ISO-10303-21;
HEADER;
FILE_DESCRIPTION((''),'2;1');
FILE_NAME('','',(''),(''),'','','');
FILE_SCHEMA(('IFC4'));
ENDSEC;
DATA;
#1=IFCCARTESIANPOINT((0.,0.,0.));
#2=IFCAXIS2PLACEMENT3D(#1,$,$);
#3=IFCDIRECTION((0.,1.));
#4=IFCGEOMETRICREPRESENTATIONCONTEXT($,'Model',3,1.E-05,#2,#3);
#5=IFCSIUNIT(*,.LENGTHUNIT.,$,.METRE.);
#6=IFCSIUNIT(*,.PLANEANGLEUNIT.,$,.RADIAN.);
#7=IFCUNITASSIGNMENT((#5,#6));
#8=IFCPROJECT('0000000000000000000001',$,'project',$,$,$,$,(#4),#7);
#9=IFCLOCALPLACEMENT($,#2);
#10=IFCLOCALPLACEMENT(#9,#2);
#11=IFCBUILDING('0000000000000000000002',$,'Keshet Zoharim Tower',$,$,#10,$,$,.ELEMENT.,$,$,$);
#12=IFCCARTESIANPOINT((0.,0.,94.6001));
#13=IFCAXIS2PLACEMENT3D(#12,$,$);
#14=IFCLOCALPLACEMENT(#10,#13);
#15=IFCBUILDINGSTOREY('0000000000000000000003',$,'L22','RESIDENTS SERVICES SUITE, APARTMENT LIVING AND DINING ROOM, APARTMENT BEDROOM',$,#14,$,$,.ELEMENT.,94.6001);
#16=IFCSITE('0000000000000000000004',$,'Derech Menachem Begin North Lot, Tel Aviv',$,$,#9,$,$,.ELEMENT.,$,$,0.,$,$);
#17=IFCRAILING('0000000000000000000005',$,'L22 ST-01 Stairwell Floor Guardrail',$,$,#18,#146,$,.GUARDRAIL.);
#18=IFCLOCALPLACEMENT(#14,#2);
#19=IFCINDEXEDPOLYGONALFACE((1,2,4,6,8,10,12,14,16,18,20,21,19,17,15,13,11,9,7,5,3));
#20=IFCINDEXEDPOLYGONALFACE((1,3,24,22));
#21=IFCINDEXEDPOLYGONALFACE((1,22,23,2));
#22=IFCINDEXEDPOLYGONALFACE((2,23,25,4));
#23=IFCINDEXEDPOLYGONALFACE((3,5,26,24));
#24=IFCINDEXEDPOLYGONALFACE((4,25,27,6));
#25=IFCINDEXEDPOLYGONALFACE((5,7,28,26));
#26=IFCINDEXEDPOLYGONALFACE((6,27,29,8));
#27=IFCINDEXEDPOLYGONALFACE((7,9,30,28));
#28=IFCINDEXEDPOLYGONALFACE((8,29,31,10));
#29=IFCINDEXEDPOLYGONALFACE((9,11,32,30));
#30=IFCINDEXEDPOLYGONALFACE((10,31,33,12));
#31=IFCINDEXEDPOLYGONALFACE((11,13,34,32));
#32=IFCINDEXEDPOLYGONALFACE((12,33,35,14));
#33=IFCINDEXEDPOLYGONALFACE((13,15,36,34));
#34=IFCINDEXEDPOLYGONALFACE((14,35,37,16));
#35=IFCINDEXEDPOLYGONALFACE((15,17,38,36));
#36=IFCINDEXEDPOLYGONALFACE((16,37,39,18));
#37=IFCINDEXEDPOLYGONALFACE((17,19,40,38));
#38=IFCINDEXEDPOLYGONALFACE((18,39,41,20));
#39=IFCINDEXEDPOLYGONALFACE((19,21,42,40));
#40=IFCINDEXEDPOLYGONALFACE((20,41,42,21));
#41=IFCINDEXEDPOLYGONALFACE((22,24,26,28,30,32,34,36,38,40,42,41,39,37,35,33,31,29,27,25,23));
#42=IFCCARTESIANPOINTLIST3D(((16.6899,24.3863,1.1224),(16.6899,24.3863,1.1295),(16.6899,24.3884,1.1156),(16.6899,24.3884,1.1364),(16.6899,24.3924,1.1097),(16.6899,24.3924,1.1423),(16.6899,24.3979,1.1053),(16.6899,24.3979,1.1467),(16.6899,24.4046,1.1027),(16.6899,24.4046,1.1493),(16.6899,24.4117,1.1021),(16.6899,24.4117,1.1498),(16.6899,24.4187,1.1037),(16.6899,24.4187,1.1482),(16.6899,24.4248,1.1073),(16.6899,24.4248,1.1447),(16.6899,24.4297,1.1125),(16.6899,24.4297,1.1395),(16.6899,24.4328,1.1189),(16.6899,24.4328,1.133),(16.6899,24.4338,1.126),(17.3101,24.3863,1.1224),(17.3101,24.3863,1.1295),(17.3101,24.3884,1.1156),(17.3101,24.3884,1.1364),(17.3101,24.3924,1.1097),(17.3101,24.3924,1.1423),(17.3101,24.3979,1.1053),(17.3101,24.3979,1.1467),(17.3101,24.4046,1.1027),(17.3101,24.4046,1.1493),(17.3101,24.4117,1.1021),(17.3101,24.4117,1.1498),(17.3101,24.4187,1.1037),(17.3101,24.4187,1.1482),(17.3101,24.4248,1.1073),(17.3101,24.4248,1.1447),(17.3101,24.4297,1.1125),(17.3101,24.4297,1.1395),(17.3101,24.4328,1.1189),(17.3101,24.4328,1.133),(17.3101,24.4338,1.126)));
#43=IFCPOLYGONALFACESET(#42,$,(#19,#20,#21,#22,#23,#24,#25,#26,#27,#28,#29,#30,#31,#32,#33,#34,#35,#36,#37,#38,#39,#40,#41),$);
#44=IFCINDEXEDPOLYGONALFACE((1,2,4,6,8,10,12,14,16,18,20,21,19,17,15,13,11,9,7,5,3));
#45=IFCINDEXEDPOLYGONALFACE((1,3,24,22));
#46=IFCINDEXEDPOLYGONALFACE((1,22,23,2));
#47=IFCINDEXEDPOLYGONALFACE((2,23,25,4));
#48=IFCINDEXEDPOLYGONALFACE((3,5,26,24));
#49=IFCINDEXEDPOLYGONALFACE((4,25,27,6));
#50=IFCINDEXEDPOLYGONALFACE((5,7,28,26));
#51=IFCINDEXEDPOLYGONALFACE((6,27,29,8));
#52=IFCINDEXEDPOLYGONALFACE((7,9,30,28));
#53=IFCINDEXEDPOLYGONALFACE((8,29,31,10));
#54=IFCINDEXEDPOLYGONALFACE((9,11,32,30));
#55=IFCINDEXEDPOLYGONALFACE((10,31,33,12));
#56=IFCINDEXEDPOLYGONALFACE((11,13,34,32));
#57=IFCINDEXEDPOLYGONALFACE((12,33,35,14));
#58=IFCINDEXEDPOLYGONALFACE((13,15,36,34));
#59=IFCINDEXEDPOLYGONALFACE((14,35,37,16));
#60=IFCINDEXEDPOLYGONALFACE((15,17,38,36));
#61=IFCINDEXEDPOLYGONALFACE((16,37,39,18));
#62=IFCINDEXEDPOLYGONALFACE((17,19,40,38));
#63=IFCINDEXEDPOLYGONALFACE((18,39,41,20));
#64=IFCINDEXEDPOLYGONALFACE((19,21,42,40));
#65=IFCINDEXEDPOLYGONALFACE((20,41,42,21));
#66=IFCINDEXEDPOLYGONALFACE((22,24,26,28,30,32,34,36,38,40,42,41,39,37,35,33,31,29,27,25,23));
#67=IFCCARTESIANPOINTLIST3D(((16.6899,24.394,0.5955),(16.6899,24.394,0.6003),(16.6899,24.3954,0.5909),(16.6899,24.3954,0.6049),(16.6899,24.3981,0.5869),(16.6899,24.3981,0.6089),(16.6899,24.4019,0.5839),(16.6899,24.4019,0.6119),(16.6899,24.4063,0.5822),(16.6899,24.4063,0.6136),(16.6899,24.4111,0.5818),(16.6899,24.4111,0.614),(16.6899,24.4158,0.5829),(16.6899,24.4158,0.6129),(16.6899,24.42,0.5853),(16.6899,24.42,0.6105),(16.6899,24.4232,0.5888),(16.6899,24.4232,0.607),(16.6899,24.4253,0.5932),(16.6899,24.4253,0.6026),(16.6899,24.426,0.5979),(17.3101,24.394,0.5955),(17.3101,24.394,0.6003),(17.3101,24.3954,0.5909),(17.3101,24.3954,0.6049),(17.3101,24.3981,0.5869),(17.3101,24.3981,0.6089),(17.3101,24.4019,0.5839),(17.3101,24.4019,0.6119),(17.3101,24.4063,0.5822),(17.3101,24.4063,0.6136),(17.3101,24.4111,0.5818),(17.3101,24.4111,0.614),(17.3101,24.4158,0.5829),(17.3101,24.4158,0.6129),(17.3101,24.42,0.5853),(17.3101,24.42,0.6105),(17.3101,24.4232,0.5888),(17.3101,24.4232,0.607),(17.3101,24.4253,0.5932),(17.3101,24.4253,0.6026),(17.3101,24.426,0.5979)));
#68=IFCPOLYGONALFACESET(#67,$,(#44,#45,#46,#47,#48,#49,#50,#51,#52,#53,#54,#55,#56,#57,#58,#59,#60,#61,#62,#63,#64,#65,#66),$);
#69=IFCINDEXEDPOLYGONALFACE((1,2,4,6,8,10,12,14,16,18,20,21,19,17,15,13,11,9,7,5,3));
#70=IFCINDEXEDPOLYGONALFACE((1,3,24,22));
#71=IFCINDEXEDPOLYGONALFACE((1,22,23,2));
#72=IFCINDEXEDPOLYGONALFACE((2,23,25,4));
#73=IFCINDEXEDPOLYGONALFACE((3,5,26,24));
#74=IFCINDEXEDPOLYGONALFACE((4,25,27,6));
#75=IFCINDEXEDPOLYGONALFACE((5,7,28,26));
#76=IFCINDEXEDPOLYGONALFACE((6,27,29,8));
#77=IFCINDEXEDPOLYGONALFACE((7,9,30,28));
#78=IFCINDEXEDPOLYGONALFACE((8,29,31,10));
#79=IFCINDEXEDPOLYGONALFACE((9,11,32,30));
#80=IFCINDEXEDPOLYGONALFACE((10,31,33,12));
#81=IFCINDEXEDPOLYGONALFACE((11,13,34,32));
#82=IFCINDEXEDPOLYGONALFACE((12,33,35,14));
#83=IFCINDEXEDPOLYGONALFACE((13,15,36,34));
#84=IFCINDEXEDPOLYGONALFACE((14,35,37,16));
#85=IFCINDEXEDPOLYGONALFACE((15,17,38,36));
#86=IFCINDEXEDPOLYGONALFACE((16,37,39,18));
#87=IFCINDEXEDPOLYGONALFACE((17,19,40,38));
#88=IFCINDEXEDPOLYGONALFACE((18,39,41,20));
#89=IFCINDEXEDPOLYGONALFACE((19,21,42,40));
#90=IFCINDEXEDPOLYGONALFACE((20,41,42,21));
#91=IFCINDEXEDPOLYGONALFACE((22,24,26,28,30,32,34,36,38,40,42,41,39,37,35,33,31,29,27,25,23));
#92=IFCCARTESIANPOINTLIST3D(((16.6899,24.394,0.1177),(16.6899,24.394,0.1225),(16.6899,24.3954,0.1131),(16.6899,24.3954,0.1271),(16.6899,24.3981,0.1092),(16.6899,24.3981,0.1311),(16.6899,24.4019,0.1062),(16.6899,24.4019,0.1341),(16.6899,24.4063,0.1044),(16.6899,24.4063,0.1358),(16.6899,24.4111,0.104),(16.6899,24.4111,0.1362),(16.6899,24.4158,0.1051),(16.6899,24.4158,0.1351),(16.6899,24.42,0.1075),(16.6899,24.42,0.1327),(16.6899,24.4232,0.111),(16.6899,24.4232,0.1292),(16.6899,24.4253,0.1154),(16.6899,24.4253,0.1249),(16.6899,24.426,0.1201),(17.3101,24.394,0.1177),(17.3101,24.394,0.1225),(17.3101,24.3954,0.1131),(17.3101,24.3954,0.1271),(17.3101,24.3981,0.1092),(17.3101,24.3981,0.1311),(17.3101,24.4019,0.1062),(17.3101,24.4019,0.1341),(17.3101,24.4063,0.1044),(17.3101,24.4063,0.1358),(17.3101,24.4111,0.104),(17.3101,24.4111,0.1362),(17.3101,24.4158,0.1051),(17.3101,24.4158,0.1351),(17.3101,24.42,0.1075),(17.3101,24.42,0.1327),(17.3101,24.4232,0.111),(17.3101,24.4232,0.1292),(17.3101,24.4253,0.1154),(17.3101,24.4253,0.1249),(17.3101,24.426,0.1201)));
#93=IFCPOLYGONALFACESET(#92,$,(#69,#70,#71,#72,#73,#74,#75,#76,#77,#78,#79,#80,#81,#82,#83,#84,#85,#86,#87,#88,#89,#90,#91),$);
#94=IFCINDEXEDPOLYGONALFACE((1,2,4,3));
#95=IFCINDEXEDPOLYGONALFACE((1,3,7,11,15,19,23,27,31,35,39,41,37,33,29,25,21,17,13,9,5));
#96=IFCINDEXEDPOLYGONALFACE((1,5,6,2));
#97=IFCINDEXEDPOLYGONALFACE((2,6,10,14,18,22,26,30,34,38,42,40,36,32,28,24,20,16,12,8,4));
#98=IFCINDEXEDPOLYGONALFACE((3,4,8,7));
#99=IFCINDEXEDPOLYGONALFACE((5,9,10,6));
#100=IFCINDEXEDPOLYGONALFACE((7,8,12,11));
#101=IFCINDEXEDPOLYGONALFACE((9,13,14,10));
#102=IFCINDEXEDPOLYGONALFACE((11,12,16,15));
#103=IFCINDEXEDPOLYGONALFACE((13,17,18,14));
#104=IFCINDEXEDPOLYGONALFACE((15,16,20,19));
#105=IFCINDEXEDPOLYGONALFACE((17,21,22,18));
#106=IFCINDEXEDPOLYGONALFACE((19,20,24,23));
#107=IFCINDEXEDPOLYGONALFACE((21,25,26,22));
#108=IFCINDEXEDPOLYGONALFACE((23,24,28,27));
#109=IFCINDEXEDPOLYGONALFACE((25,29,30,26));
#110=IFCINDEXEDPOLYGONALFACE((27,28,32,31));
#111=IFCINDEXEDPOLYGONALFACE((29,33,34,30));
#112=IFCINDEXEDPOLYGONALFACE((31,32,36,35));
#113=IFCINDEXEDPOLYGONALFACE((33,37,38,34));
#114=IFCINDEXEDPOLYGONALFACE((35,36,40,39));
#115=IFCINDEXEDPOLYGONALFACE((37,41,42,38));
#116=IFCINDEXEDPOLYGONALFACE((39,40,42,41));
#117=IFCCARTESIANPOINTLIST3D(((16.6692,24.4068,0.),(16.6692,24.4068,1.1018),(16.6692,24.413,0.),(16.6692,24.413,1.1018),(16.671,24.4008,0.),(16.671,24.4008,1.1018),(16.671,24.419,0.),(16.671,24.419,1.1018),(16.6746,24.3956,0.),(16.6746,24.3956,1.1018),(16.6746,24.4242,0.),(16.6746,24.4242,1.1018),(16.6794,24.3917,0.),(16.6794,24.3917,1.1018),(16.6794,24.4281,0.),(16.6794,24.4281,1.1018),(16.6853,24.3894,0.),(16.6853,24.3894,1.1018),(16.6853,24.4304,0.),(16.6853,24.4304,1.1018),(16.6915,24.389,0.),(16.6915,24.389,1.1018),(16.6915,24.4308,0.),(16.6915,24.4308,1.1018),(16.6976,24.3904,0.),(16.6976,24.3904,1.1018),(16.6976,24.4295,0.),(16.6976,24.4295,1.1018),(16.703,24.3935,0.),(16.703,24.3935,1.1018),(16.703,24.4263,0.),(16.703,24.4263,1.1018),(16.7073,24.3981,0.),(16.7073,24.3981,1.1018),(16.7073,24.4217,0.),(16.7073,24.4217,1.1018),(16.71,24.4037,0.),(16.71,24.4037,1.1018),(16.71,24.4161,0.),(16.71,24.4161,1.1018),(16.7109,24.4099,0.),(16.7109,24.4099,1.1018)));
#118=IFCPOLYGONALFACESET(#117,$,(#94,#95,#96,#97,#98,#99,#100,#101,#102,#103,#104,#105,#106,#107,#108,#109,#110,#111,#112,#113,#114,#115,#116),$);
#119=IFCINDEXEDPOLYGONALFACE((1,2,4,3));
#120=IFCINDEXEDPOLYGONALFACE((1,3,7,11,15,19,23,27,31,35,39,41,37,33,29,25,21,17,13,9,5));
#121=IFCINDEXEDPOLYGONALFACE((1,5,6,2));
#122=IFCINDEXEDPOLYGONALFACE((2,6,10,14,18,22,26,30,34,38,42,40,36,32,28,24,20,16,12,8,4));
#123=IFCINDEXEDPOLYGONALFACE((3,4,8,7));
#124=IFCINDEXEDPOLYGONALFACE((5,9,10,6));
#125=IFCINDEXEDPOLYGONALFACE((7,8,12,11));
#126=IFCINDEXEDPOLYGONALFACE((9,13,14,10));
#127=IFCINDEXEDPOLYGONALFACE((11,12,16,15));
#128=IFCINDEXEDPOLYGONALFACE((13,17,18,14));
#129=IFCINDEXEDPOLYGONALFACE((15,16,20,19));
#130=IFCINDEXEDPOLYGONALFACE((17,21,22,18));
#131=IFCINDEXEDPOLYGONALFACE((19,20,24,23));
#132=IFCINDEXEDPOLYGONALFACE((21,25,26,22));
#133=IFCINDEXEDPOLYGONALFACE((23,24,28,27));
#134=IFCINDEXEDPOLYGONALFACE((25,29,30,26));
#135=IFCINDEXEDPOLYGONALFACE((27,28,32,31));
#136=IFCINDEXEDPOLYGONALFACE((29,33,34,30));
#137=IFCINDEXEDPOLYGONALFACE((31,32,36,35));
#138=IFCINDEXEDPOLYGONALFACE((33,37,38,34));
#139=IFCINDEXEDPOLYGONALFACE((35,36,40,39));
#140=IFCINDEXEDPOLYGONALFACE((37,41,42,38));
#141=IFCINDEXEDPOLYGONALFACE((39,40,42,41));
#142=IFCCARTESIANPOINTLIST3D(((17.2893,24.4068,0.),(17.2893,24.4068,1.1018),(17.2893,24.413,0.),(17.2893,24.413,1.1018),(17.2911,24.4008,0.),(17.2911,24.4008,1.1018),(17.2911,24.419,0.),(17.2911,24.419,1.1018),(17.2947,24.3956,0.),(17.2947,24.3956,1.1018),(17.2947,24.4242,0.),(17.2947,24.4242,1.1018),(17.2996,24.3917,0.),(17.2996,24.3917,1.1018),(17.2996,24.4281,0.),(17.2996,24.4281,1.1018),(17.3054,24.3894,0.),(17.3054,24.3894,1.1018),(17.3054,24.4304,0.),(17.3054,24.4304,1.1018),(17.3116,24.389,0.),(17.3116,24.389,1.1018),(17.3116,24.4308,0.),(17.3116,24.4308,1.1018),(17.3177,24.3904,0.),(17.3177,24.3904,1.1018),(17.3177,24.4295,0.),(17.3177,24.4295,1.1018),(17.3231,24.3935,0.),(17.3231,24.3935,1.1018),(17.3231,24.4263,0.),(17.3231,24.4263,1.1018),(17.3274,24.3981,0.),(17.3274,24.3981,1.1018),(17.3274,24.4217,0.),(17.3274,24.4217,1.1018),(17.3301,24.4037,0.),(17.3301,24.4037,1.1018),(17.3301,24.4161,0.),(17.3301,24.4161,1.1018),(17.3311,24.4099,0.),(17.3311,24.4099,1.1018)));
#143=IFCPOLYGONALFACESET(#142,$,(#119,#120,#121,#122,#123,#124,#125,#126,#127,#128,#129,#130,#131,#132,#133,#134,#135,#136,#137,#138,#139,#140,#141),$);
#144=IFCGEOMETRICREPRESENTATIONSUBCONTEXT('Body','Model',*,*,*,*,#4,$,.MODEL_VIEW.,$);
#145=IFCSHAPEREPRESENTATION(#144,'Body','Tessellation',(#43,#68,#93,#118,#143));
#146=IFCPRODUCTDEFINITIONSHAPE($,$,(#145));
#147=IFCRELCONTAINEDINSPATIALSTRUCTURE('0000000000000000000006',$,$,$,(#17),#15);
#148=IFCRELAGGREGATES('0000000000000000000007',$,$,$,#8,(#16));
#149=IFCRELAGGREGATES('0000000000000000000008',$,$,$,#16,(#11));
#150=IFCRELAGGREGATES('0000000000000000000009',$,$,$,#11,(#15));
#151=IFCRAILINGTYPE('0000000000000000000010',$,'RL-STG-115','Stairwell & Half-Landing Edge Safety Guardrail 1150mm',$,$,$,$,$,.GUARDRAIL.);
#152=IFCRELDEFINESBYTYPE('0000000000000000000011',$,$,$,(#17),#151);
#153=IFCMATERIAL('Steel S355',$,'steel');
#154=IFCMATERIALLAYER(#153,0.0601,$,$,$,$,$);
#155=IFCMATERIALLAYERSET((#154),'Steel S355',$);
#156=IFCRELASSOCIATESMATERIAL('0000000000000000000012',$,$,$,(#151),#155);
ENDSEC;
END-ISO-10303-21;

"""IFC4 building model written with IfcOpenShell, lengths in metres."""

from ifc_helpers import new_model, si_unit, direction, frame, origin, origin_2d, place, context, subcontext, project, spatial, circle, extrude, material, layer, layer_set, type_object, element, save


model = new_model("IFC4")

# Units and contexts
model_context = context("Model", 3, precision=1e-05, world=origin(), true_north=direction((0.0, 1.0)))
body_context = subcontext(model_context, "Body", "Model", "MODEL_VIEW")
ifc_project = project(units=[si_unit("LENGTHUNIT", "METRE"), si_unit("PLANEANGLEUNIT", "RADIAN")], contexts=[model_context])

# Site, building, storey
site_placement = place(None, origin())
site = spatial("IfcSite", under=ifc_project, at=site_placement, Name="Derech Menachem Begin North Lot, Tel Aviv", CompositionType="ELEMENT", RefElevation=0.0)
building_placement = place(site_placement, origin())
building = spatial("IfcBuilding", under=site, at=building_placement, Name="Keshet Zoharim Tower", CompositionType="ELEMENT")
storey_placement = place(building_placement, frame((0.0, 0.0, 94.6001)))
storey = spatial("IfcBuildingStorey", under=building, at=storey_placement, Name="L22", Description="RESIDENTS SERVICES SUITE, APARTMENT LIVING AND DINING ROOM, APARTMENT BEDROOM", CompositionType="ELEMENT", Elevation=94.6001)

# Railing
ifc_material_1 = material(Name="Steel S355", Category="steel")
ifc_layer_1 = layer(ifc_material_1, 0.0601)
ifc_layer_set_1 = layer_set([ifc_layer_1], Name="Steel S355")
railing_type = type_object("IfcRailingType", Name="RL-STG-115", Description="Stairwell & Half-Landing Edge Safety Guardrail 1150mm", PredefinedType="GUARDRAIL", material=ifc_layer_set_1)
railing_placement = place(storey_placement, frame((16.6899, 24.4099, 0.0)))
element("IfcRailing", 1, at=railing_placement, inside=storey, type_object=railing_type, Name="L22 ST-01 Stairwell Floor Guardrail", PredefinedType="GUARDRAIL", context=body_context, shape_type="SweptSolid", body=[
    extrude(circle(Radius=0.0239, at=origin_2d()), frame((0.0, 0.0, 1.126), z_axis=(1.0, 0.0, 0.0), x_axis=(0.0, 1.0, 0.0)), (0.0, 0.0, 1.0), 0.6201),
    extrude(circle(Radius=0.0161, at=origin_2d()), frame((0.0, 0.0, 0.5979), z_axis=(1.0, 0.0, 0.0), x_axis=(0.0, 1.0, 0.0)), (0.0, 0.0, 1.0), 0.6201),
    extrude(circle(Radius=0.0161, at=origin_2d()), frame((0.0, 0.0, 0.1201), z_axis=(1.0, 0.0, 0.0), x_axis=(0.0, 1.0, 0.0)), (0.0, 0.0, 1.0), 0.6201),
    extrude(circle(Radius=0.021, at=origin_2d()), origin(), (0.0, 0.0, 1.0), 1.1018),
    extrude(circle(Radius=0.021, at=origin_2d()), frame((0.6201, 0.0, 0.0)), (0.0, 0.0, 1.0), 1.1018),
])

save(model, "model.ifc")
